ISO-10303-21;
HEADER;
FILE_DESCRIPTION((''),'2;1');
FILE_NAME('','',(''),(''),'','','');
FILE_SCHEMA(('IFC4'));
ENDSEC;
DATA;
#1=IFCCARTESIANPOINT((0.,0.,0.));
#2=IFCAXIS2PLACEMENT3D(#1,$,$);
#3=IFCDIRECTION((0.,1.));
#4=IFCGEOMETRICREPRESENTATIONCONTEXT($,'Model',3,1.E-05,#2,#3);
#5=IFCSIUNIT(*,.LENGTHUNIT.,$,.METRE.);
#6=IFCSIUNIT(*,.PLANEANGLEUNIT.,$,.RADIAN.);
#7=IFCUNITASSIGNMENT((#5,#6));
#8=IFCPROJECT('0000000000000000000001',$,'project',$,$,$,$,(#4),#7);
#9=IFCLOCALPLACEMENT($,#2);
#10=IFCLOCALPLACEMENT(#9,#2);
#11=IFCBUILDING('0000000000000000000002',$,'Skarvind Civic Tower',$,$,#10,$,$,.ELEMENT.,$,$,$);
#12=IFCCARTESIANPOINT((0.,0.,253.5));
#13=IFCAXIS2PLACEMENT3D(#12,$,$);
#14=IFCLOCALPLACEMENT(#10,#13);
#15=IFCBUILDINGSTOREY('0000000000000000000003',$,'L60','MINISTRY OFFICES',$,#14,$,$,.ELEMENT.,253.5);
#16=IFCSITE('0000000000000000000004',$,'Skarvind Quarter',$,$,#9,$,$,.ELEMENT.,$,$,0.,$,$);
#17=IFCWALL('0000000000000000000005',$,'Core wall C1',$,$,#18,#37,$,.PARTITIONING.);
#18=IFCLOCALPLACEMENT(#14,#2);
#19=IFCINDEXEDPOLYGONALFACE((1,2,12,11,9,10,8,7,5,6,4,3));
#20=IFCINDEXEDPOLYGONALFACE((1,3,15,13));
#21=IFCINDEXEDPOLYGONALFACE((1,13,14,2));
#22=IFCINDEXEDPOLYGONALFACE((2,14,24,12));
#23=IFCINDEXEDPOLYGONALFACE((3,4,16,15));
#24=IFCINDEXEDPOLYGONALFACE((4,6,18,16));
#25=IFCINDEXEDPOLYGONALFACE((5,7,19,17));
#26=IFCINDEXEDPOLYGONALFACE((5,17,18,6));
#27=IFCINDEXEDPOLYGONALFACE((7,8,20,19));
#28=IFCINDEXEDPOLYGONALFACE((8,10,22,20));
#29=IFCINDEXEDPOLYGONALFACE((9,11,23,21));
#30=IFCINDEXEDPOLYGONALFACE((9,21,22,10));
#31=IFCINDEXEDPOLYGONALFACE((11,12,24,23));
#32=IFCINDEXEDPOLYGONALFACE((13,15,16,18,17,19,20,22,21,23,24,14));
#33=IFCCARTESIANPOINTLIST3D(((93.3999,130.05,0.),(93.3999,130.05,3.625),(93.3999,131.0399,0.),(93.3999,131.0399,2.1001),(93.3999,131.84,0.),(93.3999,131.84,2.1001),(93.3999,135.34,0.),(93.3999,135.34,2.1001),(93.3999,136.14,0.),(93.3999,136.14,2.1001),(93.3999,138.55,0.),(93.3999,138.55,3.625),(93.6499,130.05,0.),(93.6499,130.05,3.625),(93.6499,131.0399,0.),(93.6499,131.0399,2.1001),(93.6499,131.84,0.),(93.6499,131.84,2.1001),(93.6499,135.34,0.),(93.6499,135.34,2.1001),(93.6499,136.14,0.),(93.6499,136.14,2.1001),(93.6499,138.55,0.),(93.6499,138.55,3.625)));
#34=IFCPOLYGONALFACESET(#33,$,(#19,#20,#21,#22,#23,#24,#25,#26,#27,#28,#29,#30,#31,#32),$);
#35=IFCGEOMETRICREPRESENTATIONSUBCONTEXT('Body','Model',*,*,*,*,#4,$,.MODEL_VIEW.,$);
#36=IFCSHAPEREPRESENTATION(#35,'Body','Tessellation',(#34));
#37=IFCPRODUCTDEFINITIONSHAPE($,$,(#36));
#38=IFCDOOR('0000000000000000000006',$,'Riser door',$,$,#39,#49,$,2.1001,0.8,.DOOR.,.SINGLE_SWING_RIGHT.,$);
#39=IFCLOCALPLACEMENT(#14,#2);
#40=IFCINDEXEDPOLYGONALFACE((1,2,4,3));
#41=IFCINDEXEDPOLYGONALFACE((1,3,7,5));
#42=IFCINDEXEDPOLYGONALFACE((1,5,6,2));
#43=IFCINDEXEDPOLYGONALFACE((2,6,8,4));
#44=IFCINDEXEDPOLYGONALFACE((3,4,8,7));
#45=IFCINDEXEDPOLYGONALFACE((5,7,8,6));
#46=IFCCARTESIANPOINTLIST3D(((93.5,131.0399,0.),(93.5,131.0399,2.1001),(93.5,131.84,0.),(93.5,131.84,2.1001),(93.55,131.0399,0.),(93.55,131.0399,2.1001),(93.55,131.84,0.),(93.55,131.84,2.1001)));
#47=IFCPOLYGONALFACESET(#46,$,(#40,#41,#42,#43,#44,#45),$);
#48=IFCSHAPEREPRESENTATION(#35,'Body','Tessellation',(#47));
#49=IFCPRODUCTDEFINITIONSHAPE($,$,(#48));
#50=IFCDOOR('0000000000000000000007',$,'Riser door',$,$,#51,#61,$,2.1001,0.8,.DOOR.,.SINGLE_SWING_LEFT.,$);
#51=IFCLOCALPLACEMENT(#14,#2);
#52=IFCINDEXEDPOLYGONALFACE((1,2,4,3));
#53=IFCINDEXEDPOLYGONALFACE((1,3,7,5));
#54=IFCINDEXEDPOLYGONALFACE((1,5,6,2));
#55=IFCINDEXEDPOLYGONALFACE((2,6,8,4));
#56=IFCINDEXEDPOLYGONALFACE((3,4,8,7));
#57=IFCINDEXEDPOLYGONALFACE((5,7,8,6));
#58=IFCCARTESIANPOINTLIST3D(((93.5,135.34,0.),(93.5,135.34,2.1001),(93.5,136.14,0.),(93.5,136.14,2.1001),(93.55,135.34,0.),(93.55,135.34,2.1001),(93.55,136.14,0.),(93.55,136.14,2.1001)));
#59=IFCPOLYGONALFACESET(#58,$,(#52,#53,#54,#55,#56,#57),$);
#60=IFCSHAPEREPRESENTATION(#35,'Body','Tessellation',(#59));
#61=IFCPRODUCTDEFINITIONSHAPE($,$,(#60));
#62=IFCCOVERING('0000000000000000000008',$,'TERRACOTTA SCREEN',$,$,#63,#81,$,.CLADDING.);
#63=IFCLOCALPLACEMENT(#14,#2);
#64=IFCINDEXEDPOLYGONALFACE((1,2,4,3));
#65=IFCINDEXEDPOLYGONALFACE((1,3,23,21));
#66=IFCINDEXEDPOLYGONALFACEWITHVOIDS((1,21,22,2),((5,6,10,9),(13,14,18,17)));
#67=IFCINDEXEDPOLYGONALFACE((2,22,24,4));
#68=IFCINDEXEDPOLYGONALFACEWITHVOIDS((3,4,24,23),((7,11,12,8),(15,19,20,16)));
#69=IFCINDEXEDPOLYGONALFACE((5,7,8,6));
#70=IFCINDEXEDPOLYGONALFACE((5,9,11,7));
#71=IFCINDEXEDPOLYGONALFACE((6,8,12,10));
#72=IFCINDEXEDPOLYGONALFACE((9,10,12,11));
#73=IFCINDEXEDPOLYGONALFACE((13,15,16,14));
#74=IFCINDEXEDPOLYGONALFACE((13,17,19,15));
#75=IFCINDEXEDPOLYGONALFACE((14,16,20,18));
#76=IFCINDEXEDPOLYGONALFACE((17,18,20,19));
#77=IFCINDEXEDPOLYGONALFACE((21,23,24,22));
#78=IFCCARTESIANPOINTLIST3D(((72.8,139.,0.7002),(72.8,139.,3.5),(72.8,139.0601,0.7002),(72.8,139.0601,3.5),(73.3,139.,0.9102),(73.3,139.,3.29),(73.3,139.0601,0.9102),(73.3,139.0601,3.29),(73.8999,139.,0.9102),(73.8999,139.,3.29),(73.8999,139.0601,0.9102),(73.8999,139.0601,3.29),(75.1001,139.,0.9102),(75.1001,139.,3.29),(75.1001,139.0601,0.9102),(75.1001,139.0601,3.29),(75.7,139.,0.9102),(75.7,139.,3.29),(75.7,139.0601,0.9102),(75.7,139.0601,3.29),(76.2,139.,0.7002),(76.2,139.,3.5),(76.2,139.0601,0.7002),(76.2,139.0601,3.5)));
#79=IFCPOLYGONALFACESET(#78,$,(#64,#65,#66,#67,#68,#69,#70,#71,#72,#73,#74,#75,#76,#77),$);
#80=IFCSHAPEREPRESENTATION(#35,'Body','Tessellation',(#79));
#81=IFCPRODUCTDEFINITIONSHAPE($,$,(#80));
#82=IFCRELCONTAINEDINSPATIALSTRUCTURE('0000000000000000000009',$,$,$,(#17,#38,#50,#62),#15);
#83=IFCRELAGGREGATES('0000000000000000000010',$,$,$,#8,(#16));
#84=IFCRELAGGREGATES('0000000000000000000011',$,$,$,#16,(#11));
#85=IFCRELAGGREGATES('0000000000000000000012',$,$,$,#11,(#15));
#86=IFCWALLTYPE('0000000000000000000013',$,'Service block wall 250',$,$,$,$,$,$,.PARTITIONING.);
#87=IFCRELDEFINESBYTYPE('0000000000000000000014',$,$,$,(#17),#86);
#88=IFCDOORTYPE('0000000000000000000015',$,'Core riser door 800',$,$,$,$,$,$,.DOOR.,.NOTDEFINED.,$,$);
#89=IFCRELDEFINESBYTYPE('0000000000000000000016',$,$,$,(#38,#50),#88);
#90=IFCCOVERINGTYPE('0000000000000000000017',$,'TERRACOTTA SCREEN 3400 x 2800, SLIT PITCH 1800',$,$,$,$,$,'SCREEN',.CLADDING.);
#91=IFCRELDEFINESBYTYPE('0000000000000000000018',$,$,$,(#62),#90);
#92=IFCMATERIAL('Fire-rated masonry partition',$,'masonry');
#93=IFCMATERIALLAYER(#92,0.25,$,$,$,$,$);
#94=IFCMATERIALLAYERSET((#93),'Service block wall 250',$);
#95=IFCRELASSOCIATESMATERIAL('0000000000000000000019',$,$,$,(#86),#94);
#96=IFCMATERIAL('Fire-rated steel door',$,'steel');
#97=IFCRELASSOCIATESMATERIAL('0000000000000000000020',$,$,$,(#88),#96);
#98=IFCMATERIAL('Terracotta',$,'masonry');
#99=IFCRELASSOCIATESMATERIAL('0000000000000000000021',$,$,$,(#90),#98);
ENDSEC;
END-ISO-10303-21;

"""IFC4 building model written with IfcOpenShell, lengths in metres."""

from ifc_helpers import new_model, si_unit, direction, frame, frame_2d, origin, place, context, subcontext, project, spatial, polyline, rectangle, outline, extrude, material, layer, layer_set, material_profile, profile_set, type_object, element, fill, save


model = new_model("IFC4")

# Units and contexts
model_context = context("Model", 3, precision=1e-05, world=origin(), true_north=direction((0.0, 1.0)))
body_context = subcontext(model_context, "Body", "Model", "MODEL_VIEW")
ifc_project = project(units=[si_unit("LENGTHUNIT", "METRE"), si_unit("PLANEANGLEUNIT", "RADIAN")], contexts=[model_context])

# Site, building, storey
site_placement = place(None, origin())
site = spatial("IfcSite", under=ifc_project, at=site_placement, Name="Skarvind Quarter", CompositionType="ELEMENT", RefElevation=0.0)
building_placement = place(site_placement, origin())
building = spatial("IfcBuilding", under=site, at=building_placement, Name="Skarvind Civic Tower", CompositionType="ELEMENT")
storey_placement = place(building_placement, frame((0.0, 0.0, 253.5)))
storey = spatial("IfcBuildingStorey", under=building, at=storey_placement, Name="L60", Description="MINISTRY OFFICES", CompositionType="ELEMENT", Elevation=253.5)

# Shared definitions
ifc_material_1 = material(Name="Fire-rated masonry partition", Category="masonry")
ifc_material_2 = material(Name="Fire-rated steel door", Category="steel")

# Wall, openings, doors
ifc_layer_1 = layer(ifc_material_1, 0.25)
ifc_layer_set_1 = layer_set([ifc_layer_1], Name="Service block wall 250")
wall_type_1 = type_object("IfcWallType", Name="Service block wall 250", PredefinedType="PARTITIONING", material=ifc_layer_set_1)
wall_1_placement = place(storey_placement, frame((93.5249, 130.05, 0.0), z_axis=(0.0, 0.0, 1.0), x_axis=(0.0, 1.0, 0.0)))
wall_1 = element("IfcWall", 1, at=wall_1_placement, inside=storey, type_object=wall_type_1, Name="Core wall C1", PredefinedType="PARTITIONING", context=body_context, shape_type="SweptSolid", body=[
    extrude(rectangle(XDim=8.5, YDim=0.25, at=frame_2d((4.25, 0.0))), origin(), (0.0, 0.0, 1.0), 3.625),
])
opening_1_placement = place(wall_1_placement, frame((0.99, 0.0, 0.0)))
opening_1 = element("IfcOpeningElement", 2, at=opening_1_placement, cuts=wall_1, PredefinedType="OPENING", context=body_context, shape_type="SweptSolid", body=[
    extrude(rectangle(XDim=0.8, YDim=2.1001, at=frame_2d((0.3999, 1.05))), frame((0.0, 0.135, 0.0), z_axis=(0.0, -1.0, 0.0), x_axis=(1.0, 0.0, 0.0)), (0.0, 0.0, 1.0), 0.27),
])
opening_2_placement = place(wall_1_placement, frame((5.29, 0.0, 0.0)))
opening_2 = element("IfcOpeningElement", 3, at=opening_2_placement, cuts=wall_1, PredefinedType="OPENING", context=body_context, shape_type="SweptSolid", body=[
    extrude(rectangle(XDim=0.8, YDim=2.1001, at=frame_2d((0.3999, 1.05))), frame((0.0, 0.135, 0.0), z_axis=(0.0, -1.0, 0.0), x_axis=(1.0, 0.0, 0.0)), (0.0, 0.0, 1.0), 0.27),
])
door_type_1 = type_object("IfcDoorType", Name="Core riser door 800", OperationType="NOTDEFINED", PredefinedType="DOOR", material=ifc_material_2)
door_1_placement = place(opening_1_placement, origin())
door_1 = element("IfcDoor", 4, at=door_1_placement, inside=storey, type_object=door_type_1, Name="Riser door", OperationType="SINGLE_SWING_RIGHT", OverallHeight=2.1001, OverallWidth=0.8, PredefinedType="DOOR", context=body_context, shape_type="SweptSolid", body=[
    extrude(rectangle(XDim=0.8, YDim=2.1001, at=frame_2d((0.3999, 1.05))), frame((0.0, 0.0249, 0.0), z_axis=(0.0, -1.0, 0.0), x_axis=(1.0, 0.0, 0.0)), (0.0, 0.0, 1.0), 0.05),
])
fill(opening_1, door_1)
door_2_placement = place(opening_2_placement, origin())
door_2 = element("IfcDoor", 5, at=door_2_placement, inside=storey, type_object=door_type_1, Name="Riser door", OperationType="SINGLE_SWING_LEFT", OverallHeight=2.1001, OverallWidth=0.8, PredefinedType="DOOR", context=body_context, shape_type="SweptSolid", body=[
    extrude(rectangle(XDim=0.8, YDim=2.1001, at=frame_2d((0.3999, 1.05))), frame((0.0, 0.0249, 0.0), z_axis=(0.0, -1.0, 0.0), x_axis=(1.0, 0.0, 0.0)), (0.0, 0.0, 1.0), 0.05),
])
fill(opening_2, door_2)

# Covering
ifc_material_3 = material(Name="Terracotta", Category="masonry")
ifc_material_profile_1 = material_profile(ifc_material_3, outline(polyline([(-1.7, -1.3999), (1.7, -1.3999), (1.7, 1.3999), (-1.7, 1.3999), (-1.7, -1.3999)]), holes=[polyline([(-1.2, -1.1899), (-0.6001, -1.1899), (-0.6001, 1.1899), (-1.2, 1.1899), (-1.2, -1.1899)]), polyline([(0.6001, -1.1899), (1.2, -1.1899), (1.2, 1.1899), (0.6001, 1.1899), (0.6001, -1.1899)])]), Name="TERRACOTTA SCREEN 3400 x 2800, SLIT PITCH 1800")
ifc_profile_set_1 = profile_set([ifc_material_profile_1], Name="Terracotta")
covering_type = type_object("IfcCoveringType", Name="TERRACOTTA SCREEN 3400 x 2800, SLIT PITCH 1800", ElementType="SCREEN", PredefinedType="CLADDING", material=ifc_profile_set_1)
covering_placement = place(storey_placement, frame((74.5, 139.0, 2.1001), z_axis=(0.0, 1.0, 0.0), x_axis=(-1.0, 0.0, 0.0)))
element("IfcCovering", 6, at=covering_placement, inside=storey, type_object=covering_type, Name="TERRACOTTA SCREEN", PredefinedType="CLADDING", context=body_context, shape_type="SweptSolid", body=[
    extrude(outline(polyline([(-1.7, -1.3999), (1.7, -1.3999), (1.7, 1.3999), (-1.7, 1.3999), (-1.7, -1.3999)]), holes=[polyline([(-1.2, -1.1899), (-0.6001, -1.1899), (-0.6001, 1.1899), (-1.2, 1.1899), (-1.2, -1.1899)]), polyline([(0.6001, -1.1899), (1.2, -1.1899), (1.2, 1.1899), (0.6001, 1.1899), (0.6001, -1.1899)])]), origin(), (0.0, 0.0, 1.0), 0.0601),
])

save(model, "model.ifc")
